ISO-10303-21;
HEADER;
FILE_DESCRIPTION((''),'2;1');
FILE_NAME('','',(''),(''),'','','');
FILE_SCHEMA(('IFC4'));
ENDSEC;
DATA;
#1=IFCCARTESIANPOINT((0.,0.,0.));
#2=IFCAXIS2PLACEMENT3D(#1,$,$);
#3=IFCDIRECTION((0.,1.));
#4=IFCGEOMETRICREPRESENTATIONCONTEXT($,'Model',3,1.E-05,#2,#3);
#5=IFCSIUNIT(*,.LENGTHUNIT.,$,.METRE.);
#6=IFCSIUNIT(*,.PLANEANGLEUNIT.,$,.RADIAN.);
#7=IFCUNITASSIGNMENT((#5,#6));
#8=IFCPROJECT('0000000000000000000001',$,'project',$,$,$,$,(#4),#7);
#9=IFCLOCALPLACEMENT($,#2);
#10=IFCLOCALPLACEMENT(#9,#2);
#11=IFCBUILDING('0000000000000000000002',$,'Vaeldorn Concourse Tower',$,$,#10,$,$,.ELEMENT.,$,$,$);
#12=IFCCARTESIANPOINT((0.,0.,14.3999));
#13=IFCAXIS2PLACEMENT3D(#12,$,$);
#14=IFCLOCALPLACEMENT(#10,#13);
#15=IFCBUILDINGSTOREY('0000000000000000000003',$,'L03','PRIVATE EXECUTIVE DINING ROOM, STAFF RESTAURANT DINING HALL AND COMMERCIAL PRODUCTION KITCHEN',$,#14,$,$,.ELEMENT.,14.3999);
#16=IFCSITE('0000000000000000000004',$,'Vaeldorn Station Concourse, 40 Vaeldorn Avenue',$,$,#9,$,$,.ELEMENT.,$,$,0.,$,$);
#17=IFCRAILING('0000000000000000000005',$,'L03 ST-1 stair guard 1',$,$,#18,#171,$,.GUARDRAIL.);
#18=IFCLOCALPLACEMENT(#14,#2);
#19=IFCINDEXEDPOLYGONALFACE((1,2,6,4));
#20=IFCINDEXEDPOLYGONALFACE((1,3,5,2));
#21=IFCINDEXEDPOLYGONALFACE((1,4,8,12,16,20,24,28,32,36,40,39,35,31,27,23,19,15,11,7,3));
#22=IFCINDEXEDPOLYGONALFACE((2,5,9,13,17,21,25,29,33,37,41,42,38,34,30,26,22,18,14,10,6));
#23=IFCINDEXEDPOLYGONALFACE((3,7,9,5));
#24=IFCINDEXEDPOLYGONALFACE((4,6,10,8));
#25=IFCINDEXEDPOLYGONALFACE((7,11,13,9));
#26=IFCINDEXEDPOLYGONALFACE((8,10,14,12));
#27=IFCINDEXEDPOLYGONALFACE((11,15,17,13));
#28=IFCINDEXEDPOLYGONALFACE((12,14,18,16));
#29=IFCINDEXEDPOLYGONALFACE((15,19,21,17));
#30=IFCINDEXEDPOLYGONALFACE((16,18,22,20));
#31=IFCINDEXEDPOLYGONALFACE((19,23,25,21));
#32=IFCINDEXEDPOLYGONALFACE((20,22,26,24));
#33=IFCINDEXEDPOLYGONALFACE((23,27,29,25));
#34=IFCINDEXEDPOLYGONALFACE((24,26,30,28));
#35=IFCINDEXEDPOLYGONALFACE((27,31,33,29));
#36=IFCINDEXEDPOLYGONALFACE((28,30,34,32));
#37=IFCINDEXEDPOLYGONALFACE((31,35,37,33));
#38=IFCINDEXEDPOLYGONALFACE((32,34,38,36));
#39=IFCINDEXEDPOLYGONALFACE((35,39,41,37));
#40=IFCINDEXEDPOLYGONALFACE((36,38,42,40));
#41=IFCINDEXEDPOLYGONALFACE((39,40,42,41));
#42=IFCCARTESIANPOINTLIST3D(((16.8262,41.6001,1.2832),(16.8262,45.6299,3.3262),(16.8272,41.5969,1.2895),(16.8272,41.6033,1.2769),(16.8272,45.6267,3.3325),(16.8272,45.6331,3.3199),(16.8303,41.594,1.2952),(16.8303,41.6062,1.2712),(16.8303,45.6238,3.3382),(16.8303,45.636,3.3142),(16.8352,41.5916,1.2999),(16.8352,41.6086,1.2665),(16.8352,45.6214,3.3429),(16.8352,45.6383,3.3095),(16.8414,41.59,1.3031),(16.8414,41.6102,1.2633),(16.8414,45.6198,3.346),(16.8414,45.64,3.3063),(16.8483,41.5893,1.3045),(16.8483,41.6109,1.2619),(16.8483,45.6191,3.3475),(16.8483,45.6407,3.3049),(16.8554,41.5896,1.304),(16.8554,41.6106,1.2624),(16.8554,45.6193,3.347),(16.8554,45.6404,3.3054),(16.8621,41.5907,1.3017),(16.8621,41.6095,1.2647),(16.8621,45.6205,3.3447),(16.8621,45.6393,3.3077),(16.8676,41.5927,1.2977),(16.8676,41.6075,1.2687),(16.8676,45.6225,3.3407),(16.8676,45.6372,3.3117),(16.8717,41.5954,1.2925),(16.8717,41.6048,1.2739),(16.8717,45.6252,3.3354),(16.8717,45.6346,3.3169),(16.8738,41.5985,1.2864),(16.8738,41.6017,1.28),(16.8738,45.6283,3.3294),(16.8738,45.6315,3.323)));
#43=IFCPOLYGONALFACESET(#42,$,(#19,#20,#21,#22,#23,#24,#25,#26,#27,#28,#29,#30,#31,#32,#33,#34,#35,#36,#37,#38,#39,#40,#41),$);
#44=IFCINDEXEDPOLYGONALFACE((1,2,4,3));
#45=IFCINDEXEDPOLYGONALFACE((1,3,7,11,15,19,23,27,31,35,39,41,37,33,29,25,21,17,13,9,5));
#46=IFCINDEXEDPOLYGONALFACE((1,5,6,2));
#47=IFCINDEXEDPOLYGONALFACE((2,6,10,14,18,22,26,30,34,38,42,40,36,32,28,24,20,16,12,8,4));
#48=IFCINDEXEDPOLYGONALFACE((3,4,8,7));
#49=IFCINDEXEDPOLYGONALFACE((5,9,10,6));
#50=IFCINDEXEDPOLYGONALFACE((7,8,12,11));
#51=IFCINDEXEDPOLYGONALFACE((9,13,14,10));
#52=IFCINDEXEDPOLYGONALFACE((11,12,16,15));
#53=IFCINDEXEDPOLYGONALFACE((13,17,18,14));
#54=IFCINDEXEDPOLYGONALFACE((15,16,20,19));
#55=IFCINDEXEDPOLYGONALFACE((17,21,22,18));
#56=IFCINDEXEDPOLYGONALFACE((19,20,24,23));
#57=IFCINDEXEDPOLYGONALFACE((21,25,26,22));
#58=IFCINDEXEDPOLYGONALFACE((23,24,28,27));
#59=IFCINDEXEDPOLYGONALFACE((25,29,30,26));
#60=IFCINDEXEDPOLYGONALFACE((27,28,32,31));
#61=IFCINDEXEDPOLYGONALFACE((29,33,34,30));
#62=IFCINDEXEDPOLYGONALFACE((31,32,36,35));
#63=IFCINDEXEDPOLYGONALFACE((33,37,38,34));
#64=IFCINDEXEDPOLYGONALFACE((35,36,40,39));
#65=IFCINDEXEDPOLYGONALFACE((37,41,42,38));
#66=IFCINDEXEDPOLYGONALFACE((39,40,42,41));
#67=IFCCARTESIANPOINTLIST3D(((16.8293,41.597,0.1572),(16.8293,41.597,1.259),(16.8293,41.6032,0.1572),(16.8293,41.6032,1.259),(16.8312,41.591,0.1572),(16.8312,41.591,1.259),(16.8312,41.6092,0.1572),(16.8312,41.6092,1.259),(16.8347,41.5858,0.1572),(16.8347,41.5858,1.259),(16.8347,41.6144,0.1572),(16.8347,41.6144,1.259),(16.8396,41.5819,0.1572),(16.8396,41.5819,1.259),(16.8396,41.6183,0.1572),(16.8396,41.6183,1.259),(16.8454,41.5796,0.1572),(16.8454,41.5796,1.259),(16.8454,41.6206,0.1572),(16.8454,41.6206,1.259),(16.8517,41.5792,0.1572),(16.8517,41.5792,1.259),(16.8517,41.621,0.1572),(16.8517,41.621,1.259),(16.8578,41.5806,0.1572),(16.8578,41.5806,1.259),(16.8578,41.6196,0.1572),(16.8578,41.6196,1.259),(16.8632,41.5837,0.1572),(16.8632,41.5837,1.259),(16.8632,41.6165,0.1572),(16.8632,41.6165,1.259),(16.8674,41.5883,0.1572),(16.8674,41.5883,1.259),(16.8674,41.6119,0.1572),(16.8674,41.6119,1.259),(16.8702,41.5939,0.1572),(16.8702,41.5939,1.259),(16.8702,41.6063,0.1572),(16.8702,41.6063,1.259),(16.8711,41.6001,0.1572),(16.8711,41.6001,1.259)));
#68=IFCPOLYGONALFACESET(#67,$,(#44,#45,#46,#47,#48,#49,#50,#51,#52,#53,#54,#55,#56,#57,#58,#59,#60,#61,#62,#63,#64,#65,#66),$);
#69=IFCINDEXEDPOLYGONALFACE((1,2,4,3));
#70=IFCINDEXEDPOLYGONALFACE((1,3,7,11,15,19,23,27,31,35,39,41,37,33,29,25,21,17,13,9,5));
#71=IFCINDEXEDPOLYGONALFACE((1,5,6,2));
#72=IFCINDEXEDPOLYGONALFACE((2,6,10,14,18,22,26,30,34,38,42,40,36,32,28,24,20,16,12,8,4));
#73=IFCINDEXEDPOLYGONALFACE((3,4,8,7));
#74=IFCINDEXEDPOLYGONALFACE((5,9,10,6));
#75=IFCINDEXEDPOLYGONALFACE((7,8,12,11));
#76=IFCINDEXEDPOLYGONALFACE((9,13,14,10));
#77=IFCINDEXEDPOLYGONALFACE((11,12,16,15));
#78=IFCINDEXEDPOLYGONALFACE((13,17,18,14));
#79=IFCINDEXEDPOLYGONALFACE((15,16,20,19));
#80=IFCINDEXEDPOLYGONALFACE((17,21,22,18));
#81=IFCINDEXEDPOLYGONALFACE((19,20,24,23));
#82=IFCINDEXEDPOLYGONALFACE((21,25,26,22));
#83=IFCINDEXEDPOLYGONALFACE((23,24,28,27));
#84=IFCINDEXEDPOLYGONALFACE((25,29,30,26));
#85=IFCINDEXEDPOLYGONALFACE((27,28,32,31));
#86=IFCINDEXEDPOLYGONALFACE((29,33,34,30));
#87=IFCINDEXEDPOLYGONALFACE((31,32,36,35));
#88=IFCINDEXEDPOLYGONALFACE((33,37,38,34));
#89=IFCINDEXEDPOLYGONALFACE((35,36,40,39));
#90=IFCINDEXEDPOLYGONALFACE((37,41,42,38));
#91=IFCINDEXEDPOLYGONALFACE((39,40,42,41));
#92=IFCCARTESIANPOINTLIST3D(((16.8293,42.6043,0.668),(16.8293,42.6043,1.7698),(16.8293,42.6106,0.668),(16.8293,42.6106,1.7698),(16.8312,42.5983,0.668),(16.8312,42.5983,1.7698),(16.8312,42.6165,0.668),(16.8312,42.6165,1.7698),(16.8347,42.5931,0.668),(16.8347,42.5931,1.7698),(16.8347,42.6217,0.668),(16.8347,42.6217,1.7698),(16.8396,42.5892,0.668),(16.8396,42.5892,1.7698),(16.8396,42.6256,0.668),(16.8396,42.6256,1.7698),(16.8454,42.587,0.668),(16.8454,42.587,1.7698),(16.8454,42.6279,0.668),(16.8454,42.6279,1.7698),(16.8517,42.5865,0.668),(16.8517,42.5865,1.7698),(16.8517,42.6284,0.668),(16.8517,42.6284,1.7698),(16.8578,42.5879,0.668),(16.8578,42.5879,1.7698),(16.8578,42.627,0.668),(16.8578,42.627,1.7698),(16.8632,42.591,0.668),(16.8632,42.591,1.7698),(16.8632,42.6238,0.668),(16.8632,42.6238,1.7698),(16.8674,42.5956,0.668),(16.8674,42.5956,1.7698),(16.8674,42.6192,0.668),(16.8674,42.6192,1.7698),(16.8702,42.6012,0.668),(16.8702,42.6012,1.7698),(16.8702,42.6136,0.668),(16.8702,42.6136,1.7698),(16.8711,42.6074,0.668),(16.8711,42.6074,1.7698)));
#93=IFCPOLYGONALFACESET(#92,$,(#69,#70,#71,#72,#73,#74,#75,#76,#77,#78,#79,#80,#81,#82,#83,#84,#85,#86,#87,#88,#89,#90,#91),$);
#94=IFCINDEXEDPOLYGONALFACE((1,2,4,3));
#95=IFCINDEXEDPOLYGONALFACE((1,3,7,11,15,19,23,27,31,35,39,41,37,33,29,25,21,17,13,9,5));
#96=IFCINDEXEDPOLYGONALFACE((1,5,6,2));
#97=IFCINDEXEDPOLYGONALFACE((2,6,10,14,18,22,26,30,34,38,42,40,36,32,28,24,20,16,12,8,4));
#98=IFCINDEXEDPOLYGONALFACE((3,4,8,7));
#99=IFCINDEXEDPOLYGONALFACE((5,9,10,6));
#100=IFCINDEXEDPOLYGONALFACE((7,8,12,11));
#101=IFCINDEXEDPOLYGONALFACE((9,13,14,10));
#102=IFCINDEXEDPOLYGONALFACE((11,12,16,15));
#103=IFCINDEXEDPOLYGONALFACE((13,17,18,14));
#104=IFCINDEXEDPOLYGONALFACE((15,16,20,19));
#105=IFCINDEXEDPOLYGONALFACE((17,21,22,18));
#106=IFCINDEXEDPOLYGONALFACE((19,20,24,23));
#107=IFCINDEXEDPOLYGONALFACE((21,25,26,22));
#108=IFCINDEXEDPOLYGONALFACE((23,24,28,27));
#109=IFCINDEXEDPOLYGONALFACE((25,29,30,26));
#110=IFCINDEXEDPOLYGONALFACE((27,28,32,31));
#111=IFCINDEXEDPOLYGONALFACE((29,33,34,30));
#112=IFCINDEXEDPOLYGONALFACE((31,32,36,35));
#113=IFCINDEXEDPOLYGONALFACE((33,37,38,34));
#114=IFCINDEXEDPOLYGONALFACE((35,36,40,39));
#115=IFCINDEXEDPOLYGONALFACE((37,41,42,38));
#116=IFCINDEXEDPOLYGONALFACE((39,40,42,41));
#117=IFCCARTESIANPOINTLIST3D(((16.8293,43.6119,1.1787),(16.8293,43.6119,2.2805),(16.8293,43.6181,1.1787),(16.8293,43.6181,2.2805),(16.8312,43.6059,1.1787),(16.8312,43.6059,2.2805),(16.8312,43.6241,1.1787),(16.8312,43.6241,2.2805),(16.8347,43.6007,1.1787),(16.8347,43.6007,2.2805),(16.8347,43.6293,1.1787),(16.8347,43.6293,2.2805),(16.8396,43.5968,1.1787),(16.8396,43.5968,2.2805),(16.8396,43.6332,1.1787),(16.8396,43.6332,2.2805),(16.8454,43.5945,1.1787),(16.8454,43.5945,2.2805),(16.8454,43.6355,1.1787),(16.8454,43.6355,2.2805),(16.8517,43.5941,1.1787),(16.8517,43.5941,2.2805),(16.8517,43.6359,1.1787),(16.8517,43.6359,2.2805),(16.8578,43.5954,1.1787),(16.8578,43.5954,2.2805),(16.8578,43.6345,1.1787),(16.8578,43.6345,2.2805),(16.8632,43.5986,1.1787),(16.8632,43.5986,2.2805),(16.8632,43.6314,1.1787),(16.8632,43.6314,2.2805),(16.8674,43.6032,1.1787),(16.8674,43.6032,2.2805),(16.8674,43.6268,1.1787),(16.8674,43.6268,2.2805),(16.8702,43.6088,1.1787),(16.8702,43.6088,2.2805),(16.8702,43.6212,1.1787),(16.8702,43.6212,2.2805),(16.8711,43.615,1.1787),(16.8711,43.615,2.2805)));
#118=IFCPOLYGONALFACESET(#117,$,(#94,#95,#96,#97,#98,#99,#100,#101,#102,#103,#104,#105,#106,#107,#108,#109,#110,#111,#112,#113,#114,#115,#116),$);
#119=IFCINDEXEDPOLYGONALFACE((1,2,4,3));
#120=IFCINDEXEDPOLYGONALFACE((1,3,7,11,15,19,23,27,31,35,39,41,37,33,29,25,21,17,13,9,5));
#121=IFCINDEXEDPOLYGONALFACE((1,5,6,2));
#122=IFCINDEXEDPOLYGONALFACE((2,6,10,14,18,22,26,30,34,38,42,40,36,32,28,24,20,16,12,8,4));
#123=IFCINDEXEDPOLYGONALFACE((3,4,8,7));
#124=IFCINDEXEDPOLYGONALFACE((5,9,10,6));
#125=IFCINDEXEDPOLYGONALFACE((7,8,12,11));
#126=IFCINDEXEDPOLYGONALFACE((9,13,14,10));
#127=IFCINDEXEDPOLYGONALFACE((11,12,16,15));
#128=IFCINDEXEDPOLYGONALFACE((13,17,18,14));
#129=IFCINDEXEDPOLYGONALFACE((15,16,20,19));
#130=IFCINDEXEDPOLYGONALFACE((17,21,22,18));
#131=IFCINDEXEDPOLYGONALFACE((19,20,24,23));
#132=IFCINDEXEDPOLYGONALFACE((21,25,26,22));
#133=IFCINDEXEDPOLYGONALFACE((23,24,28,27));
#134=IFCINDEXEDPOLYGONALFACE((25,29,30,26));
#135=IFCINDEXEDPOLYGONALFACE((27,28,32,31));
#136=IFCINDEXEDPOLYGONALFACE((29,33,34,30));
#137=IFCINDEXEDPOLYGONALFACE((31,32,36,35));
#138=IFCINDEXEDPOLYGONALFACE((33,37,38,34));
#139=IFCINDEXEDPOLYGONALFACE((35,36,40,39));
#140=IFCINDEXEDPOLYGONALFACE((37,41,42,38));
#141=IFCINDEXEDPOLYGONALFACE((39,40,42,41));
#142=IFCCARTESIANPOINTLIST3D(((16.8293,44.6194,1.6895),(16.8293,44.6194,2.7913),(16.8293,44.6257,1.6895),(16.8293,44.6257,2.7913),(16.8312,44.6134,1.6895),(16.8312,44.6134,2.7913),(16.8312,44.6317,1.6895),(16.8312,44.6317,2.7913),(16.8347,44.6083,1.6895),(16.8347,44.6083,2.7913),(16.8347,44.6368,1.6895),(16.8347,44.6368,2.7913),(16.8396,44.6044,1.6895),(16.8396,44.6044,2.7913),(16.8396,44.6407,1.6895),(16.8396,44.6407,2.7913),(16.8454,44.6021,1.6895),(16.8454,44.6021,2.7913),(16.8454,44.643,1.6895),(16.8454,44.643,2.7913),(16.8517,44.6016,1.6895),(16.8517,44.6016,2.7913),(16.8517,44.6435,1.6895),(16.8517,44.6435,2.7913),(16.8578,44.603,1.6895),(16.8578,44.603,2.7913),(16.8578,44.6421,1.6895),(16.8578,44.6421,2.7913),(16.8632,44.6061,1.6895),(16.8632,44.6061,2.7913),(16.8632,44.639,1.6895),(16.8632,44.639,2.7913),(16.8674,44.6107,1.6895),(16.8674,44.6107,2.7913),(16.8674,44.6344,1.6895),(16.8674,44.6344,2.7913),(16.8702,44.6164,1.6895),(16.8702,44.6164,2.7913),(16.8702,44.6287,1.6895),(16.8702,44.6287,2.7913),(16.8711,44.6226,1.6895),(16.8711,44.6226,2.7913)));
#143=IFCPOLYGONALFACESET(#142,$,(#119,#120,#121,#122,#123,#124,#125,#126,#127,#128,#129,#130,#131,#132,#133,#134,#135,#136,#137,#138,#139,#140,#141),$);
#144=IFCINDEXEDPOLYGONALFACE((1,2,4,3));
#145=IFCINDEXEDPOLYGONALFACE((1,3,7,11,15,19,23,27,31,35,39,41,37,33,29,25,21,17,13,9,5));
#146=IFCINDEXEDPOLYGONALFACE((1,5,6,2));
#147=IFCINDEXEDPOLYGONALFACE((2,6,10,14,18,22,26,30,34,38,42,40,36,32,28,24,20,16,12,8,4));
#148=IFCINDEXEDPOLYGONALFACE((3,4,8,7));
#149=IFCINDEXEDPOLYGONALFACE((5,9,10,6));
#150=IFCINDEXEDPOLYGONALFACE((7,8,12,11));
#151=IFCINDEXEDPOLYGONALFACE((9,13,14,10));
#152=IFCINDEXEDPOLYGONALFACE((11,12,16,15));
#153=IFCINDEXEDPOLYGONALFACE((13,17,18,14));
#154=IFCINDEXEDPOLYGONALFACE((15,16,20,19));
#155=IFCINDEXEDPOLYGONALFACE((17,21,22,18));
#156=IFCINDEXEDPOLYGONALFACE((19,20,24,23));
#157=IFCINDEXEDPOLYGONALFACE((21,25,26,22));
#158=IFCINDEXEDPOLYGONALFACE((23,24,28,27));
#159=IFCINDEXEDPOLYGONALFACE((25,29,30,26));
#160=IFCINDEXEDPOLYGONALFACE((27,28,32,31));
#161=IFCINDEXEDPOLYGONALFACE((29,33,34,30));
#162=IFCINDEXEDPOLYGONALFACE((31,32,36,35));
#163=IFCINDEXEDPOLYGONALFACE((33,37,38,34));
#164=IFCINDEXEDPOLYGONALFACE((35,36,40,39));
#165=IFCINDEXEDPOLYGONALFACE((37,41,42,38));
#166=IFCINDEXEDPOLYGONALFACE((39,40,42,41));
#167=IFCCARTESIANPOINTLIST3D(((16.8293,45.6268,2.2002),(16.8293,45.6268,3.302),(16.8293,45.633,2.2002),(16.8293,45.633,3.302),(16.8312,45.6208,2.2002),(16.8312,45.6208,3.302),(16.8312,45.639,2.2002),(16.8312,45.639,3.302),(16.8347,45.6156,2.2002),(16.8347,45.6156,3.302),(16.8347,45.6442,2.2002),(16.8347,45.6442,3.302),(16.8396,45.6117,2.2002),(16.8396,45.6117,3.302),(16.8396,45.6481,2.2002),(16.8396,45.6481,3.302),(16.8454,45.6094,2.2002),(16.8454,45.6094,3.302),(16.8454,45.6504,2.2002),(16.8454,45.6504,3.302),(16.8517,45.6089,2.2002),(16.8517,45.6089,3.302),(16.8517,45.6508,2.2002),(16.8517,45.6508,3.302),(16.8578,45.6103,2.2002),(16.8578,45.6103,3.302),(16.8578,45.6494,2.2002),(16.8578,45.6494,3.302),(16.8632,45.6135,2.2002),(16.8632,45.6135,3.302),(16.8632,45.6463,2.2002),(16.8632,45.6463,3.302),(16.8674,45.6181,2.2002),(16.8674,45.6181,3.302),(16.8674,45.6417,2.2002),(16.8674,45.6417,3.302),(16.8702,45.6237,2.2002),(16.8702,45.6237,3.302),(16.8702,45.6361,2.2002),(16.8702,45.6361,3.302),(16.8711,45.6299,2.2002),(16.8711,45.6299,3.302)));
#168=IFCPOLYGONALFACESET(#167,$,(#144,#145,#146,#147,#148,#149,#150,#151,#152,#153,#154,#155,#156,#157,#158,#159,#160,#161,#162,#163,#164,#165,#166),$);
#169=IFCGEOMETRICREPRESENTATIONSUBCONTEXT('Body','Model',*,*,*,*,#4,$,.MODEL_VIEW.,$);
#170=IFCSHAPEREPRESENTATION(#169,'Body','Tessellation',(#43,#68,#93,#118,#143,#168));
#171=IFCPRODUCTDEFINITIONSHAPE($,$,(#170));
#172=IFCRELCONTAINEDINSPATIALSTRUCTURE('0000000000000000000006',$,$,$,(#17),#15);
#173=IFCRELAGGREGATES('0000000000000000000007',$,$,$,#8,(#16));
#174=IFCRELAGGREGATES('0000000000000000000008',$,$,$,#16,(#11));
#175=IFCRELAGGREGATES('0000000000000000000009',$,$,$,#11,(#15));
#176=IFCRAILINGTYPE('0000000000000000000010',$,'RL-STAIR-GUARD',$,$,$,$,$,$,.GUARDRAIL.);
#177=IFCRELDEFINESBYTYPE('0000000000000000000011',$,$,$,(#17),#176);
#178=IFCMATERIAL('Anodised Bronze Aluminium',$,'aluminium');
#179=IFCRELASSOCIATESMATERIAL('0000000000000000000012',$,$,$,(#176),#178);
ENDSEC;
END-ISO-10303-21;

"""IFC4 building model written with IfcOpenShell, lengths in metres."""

from ifc_helpers import new_model, si_unit, direction, frame, origin, origin_2d, place, context, subcontext, project, spatial, circle, extrude, material, type_object, element, save


model = new_model("IFC4")

# Units and contexts
model_context = context("Model", 3, precision=1e-05, world=origin(), true_north=direction((0.0, 1.0)))
body_context = subcontext(model_context, "Body", "Model", "MODEL_VIEW")
ifc_project = project(units=[si_unit("LENGTHUNIT", "METRE"), si_unit("PLANEANGLEUNIT", "RADIAN")], contexts=[model_context])

# Site, building, storey
site_placement = place(None, origin())
site = spatial("IfcSite", under=ifc_project, at=site_placement, Name="Vaeldorn Station Concourse, 40 Vaeldorn Avenue", CompositionType="ELEMENT", RefElevation=0.0)
building_placement = place(site_placement, origin())
building = spatial("IfcBuilding", under=site, at=building_placement, Name="Vaeldorn Concourse Tower", CompositionType="ELEMENT")
storey_placement = place(building_placement, frame((0.0, 0.0, 14.3999)))
storey = spatial("IfcBuildingStorey", under=building, at=storey_placement, Name="L03", Description="PRIVATE EXECUTIVE DINING ROOM, STAFF RESTAURANT DINING HALL AND COMMERCIAL PRODUCTION KITCHEN", CompositionType="ELEMENT", Elevation=14.3999)

# Shared definitions
ifc_material_1 = material(Name="Anodised Bronze Aluminium", Category="aluminium")

# Railing
railing_type_1 = type_object("IfcRailingType", Name="RL-STAIR-GUARD", PredefinedType="GUARDRAIL", material=ifc_material_1)
railing_1_placement = place(storey_placement, frame((16.8501, 41.6001, 0.1572)))
element("IfcRailing", 1, at=railing_1_placement, inside=storey, type_object=railing_type_1, Name="L03 ST-1 stair guard 1", PredefinedType="GUARDRAIL", context=body_context, shape_type="SweptSolid", body=[
    extrude(circle(Radius=0.0239, at=origin_2d()), frame((0.0, 0.0, 1.126), z_axis=(0.0, 0.891928, 0.452178), x_axis=(-1.0, 0.0, 0.0)), (0.0, 0.0, 1.0), 4.5181),
    extrude(circle(Radius=0.021, at=origin_2d()), origin(), (0.0, 0.0, 1.0), 1.1018),
    extrude(circle(Radius=0.021, at=origin_2d()), frame((0.0, 1.0073, 0.5107)), (0.0, 0.0, 1.0), 1.1018),
    extrude(circle(Radius=0.021, at=origin_2d()), frame((0.0, 2.0149, 1.0215)), (0.0, 0.0, 1.0), 1.1018),
    extrude(circle(Radius=0.021, at=origin_2d()), frame((0.0, 3.0225, 1.5322)), (0.0, 0.0, 1.0), 1.1018),
    extrude(circle(Radius=0.021, at=origin_2d()), frame((0.0, 4.0298, 2.043)), (0.0, 0.0, 1.0), 1.1018),
])

save(model, "model.ifc")
